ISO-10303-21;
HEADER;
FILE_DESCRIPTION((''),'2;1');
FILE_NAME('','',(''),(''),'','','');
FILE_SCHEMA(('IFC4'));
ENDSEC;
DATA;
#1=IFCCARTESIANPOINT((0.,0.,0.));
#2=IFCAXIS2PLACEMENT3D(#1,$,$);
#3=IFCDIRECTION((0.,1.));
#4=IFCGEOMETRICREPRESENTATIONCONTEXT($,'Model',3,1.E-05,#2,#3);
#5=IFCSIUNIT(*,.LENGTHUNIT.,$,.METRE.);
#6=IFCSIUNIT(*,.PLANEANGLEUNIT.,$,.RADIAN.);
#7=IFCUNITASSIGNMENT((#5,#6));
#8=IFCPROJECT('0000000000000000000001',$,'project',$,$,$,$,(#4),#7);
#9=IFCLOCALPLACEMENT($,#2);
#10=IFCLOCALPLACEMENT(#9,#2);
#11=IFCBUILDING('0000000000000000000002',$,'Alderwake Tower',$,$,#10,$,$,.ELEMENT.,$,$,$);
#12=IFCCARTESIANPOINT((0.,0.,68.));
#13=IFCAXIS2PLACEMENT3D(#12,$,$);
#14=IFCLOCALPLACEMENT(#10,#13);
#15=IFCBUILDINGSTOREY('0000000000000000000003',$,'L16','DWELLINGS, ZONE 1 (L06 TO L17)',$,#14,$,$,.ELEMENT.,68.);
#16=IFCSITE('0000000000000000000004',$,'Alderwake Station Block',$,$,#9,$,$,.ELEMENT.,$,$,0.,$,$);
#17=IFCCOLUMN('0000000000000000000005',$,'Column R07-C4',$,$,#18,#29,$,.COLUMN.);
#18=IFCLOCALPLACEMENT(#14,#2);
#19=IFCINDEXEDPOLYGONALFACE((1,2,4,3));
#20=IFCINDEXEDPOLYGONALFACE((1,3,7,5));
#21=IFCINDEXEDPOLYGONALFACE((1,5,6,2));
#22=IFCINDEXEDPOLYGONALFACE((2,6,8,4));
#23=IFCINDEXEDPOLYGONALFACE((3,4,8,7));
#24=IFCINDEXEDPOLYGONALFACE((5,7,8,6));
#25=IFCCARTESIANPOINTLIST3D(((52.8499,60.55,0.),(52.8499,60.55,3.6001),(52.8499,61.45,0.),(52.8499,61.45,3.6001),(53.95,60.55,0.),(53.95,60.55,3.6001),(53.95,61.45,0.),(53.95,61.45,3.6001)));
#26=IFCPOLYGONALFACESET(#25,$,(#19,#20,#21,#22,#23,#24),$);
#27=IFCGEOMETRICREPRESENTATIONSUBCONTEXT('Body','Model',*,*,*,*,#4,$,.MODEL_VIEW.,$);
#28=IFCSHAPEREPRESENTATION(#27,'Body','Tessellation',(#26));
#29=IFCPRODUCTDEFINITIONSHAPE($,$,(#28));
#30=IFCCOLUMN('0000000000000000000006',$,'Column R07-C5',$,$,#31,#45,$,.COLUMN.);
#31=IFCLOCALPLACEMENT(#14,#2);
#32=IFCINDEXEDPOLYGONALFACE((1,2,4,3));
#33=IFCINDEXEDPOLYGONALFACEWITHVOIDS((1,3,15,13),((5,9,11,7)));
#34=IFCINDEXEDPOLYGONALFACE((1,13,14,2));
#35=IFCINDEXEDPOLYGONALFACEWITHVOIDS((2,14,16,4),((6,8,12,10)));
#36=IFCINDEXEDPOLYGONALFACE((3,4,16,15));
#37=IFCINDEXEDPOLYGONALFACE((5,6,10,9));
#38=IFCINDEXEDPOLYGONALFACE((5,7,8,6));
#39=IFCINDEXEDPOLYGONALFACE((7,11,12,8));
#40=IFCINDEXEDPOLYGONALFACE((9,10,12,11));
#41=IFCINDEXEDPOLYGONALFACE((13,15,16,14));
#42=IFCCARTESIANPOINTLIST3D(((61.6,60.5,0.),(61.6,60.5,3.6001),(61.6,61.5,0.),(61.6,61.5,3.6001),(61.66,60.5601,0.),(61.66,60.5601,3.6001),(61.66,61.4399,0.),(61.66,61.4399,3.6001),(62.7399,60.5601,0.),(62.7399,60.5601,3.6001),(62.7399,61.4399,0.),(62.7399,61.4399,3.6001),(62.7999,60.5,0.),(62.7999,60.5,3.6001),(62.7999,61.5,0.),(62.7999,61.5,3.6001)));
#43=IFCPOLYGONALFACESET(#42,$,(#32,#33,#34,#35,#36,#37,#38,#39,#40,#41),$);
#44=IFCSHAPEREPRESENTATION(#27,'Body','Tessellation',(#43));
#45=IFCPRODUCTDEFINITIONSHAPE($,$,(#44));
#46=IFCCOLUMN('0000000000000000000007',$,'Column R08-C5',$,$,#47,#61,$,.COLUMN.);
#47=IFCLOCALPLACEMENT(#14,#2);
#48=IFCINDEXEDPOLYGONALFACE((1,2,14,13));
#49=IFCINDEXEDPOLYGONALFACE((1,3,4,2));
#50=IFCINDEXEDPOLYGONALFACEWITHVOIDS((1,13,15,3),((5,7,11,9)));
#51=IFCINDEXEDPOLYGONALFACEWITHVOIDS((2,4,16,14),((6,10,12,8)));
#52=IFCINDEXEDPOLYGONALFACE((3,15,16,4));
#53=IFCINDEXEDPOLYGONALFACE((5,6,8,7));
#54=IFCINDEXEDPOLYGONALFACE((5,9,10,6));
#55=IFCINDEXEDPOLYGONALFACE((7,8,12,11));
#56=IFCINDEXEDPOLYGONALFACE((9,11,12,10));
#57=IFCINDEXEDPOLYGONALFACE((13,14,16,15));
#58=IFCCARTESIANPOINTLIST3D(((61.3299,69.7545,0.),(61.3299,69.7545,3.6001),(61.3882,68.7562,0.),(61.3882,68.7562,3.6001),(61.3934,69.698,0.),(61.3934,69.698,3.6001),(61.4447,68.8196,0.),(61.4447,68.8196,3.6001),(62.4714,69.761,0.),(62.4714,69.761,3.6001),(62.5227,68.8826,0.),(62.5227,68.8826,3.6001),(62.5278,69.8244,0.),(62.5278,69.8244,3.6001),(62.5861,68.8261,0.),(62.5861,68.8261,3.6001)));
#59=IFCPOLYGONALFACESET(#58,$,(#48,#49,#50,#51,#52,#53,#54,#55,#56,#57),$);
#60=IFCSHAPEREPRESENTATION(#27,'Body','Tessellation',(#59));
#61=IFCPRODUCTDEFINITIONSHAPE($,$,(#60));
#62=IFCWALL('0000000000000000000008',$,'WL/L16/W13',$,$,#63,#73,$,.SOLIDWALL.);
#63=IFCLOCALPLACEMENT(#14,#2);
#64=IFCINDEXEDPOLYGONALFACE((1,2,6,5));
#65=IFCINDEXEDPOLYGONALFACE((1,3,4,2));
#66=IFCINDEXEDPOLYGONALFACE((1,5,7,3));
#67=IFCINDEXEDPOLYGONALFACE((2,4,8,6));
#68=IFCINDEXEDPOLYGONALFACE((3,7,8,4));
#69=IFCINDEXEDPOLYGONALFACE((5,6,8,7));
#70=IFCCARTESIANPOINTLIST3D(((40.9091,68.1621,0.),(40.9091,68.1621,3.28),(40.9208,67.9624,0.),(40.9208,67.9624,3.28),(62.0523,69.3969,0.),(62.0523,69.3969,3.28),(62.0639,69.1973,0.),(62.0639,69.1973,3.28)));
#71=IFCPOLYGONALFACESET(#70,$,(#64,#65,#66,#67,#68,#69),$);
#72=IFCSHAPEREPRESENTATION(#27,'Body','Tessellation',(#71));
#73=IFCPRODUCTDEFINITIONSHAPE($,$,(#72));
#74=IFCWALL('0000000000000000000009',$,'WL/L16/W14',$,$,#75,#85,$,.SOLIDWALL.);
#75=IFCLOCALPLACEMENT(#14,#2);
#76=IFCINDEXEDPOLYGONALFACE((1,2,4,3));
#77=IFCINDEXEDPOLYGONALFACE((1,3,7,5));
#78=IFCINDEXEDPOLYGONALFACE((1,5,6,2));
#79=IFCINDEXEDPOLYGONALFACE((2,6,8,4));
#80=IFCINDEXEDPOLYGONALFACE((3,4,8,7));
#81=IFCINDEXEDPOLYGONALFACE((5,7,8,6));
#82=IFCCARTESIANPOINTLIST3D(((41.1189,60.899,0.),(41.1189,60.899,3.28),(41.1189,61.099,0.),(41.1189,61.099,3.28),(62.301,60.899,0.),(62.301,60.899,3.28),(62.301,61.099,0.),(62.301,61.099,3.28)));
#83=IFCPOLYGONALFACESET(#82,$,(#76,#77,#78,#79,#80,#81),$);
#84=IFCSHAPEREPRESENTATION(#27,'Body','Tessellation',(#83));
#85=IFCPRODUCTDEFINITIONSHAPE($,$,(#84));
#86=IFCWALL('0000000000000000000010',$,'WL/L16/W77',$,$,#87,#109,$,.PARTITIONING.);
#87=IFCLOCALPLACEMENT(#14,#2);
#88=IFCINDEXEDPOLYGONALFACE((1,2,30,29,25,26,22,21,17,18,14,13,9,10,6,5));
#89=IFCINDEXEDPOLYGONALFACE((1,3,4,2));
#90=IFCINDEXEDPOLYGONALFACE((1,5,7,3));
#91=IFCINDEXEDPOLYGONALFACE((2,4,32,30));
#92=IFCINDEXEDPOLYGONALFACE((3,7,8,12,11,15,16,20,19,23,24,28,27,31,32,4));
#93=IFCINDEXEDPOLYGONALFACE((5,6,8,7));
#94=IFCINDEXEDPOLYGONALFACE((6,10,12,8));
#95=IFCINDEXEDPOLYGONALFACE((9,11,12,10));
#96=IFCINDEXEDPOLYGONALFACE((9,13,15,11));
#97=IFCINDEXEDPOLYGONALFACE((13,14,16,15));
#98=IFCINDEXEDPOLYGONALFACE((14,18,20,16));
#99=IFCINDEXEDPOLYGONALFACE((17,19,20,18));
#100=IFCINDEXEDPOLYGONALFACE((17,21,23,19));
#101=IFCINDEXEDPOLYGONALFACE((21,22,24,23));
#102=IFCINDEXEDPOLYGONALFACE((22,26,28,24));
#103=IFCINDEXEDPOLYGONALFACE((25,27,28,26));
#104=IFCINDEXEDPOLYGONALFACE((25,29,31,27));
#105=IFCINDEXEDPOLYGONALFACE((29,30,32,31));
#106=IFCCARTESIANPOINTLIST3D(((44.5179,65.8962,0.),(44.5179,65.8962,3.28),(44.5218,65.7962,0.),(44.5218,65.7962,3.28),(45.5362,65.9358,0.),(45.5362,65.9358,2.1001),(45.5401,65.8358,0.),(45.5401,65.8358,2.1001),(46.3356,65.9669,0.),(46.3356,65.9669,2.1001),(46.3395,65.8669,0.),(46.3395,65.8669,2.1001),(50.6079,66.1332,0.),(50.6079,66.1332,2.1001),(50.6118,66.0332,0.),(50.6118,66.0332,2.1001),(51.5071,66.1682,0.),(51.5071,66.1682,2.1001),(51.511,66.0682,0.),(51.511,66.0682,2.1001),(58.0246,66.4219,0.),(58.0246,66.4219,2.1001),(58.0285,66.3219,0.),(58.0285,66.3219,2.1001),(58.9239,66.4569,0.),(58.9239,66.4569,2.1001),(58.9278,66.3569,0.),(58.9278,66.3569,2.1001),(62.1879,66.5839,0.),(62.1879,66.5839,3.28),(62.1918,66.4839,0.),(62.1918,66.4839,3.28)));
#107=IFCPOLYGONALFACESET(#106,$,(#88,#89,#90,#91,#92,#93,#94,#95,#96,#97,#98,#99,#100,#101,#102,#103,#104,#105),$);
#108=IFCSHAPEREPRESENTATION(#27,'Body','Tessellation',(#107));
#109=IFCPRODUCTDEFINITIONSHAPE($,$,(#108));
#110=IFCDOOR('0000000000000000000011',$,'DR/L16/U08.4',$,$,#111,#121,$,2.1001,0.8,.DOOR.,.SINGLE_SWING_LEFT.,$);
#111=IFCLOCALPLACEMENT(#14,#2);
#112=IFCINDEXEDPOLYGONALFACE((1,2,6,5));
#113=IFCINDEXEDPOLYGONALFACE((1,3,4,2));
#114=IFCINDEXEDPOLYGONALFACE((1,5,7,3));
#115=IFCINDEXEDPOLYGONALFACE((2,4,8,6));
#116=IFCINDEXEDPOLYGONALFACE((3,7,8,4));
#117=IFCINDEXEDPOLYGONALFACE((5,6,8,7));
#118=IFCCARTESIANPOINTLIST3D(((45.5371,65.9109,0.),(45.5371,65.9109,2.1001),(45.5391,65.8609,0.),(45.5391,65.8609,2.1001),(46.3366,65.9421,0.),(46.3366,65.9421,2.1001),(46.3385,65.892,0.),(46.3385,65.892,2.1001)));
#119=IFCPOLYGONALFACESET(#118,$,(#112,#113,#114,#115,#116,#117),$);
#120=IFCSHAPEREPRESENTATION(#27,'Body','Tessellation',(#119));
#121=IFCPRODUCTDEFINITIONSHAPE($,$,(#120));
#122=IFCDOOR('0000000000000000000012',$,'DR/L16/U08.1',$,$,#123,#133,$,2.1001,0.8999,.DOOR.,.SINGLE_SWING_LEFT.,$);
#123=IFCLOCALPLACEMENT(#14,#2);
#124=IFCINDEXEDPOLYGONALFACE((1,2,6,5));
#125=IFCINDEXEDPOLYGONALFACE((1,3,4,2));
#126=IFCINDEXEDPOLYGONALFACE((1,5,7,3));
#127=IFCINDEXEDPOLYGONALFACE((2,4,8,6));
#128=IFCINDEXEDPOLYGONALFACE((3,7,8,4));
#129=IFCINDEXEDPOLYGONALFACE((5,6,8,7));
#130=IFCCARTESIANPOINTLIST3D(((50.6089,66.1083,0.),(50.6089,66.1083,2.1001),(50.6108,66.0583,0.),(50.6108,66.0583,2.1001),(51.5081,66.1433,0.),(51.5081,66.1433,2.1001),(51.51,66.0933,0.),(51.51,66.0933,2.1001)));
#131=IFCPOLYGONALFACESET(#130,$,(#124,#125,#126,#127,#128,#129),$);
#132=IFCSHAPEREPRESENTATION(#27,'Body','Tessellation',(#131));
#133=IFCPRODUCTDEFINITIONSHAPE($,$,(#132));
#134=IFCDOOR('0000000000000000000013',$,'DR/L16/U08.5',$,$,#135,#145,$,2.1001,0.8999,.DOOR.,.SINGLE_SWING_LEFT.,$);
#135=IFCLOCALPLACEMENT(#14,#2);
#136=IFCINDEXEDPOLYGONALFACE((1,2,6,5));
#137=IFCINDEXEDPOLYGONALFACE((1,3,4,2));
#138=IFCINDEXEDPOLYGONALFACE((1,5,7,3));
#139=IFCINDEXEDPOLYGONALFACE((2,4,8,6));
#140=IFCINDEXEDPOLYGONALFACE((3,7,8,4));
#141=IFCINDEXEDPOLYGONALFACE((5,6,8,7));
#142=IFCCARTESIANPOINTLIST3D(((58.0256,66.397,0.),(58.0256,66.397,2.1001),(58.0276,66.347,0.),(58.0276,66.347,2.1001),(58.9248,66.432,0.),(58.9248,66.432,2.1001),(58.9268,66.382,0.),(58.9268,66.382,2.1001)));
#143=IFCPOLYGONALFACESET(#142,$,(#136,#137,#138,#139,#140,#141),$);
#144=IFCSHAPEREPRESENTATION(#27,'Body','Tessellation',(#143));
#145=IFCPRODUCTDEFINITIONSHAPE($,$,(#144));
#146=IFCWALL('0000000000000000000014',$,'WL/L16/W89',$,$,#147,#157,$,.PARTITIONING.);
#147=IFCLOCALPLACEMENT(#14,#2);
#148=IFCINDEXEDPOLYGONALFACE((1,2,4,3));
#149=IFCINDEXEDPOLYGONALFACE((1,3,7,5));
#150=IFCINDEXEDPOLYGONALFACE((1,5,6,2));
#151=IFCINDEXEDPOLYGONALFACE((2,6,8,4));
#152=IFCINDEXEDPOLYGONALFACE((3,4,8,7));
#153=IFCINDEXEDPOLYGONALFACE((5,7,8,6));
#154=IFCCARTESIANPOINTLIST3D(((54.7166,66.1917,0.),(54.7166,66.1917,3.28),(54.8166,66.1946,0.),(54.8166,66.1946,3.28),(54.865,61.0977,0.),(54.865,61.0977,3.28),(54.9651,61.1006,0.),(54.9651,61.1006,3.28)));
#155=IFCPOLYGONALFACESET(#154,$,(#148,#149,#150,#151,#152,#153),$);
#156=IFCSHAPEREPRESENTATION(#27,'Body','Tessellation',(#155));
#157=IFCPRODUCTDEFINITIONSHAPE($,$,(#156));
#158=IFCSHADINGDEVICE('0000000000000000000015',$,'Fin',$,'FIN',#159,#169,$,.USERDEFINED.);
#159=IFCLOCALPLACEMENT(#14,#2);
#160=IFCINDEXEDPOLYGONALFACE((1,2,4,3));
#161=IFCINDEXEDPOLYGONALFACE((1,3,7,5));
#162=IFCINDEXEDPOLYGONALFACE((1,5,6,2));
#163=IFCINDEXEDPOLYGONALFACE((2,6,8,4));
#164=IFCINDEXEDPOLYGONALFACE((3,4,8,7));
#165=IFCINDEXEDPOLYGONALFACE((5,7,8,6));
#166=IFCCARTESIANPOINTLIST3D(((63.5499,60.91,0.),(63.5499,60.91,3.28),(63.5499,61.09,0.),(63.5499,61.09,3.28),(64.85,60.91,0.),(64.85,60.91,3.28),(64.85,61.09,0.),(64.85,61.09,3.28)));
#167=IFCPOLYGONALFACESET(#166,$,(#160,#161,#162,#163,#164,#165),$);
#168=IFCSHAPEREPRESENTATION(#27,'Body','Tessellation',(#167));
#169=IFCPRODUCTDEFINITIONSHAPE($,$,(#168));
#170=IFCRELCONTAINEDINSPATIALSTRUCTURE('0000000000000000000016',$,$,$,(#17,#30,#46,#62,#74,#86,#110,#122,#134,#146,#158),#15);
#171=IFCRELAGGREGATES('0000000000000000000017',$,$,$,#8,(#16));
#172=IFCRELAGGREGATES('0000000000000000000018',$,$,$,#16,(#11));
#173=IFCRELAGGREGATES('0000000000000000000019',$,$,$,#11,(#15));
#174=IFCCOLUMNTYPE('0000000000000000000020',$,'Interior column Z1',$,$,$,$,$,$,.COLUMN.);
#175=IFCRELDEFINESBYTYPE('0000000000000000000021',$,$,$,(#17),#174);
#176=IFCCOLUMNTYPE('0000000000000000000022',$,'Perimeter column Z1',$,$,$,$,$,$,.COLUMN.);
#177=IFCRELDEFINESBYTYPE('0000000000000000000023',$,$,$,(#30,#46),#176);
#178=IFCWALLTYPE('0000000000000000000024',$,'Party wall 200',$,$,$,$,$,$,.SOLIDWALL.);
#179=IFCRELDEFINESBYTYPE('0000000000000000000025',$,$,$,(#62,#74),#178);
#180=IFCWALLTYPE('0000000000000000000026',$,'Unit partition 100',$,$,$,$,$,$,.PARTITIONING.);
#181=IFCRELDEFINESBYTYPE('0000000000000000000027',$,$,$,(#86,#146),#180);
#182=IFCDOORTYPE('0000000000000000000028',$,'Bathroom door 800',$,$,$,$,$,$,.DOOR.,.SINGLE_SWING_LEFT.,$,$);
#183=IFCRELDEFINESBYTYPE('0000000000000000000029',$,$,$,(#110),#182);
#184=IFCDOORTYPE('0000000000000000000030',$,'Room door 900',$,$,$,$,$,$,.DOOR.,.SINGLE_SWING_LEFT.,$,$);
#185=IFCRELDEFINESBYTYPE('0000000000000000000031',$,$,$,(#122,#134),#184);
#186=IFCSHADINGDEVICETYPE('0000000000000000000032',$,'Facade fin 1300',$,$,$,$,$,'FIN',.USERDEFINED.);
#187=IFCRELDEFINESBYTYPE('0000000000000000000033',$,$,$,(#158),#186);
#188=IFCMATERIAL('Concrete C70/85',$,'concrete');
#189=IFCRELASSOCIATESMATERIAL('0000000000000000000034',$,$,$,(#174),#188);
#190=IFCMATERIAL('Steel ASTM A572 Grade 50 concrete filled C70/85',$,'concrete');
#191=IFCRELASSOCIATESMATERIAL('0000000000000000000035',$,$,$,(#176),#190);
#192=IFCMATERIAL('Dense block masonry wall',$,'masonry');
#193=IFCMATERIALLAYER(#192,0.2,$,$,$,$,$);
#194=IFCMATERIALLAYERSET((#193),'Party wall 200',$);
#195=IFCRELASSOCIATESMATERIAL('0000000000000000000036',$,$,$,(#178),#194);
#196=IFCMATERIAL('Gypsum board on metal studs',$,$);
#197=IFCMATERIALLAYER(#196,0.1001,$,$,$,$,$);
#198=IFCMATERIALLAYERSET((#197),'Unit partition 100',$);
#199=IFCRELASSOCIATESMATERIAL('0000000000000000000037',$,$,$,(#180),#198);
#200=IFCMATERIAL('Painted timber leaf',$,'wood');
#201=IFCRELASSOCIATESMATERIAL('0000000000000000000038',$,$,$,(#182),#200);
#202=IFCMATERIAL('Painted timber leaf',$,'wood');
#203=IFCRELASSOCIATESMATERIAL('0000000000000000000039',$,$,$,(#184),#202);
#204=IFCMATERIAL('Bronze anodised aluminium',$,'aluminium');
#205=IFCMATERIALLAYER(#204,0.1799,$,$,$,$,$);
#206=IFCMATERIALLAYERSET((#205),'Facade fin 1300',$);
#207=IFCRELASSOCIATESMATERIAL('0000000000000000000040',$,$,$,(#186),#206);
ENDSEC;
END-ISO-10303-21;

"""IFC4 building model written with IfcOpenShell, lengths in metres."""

from ifc_helpers import new_model, si_unit, direction, frame, frame_2d, origin, origin_2d, place, context, subcontext, project, spatial, rectangle, hollow_rectangle, extrude, material, layer, layer_set, material_profile, profile_set, type_object, element, fill, save


model = new_model("IFC4")

# Units and contexts
model_context = context("Model", 3, precision=1e-05, world=origin(), true_north=direction((0.0, 1.0)))
body_context = subcontext(model_context, "Body", "Model", "MODEL_VIEW")
ifc_project = project(units=[si_unit("LENGTHUNIT", "METRE"), si_unit("PLANEANGLEUNIT", "RADIAN")], contexts=[model_context])

# Site, building, storey
site_placement = place(None, origin())
site = spatial("IfcSite", under=ifc_project, at=site_placement, Name="Alderwake Station Block", CompositionType="ELEMENT", RefElevation=0.0)
building_placement = place(site_placement, origin())
building = spatial("IfcBuilding", under=site, at=building_placement, Name="Alderwake Tower", CompositionType="ELEMENT")
storey_placement = place(building_placement, frame((0.0, 0.0, 68.0)))
storey = spatial("IfcBuildingStorey", under=building, at=storey_placement, Name="L16", Description="DWELLINGS, ZONE 1 (L06 TO L17)", CompositionType="ELEMENT", Elevation=68.0)

# Columns
ifc_material_1 = material(Name="Concrete C70/85", Category="concrete")
ifc_material_profile_1 = material_profile(ifc_material_1, rectangle(XDim=0.8999, YDim=1.1001, at=origin_2d()), Name="RC 1100X900")
ifc_profile_set_1 = profile_set([ifc_material_profile_1], Name="Concrete C70/85")
column_type_1 = type_object("IfcColumnType", Name="Interior column Z1", PredefinedType="COLUMN", material=ifc_profile_set_1)
column_placement = place(storey_placement, frame((53.3999, 61.0, 0.0), z_axis=(0.0, 0.0, 1.0), x_axis=(0.0, 1.0, 0.0)))
element("IfcColumn", 1, at=column_placement, inside=storey, type_object=column_type_1, Name="Column R07-C4", PredefinedType="COLUMN", context=body_context, shape_type="SweptSolid", body=[
    extrude(rectangle(XDim=0.8999, YDim=1.1001, at=origin_2d()), origin(), (0.0, 0.0, 1.0), 3.6001),
])
ifc_material_2 = material(Name="Steel ASTM A572 Grade 50 concrete filled C70/85", Category="concrete")
ifc_material_profile_2 = material_profile(ifc_material_2, hollow_rectangle(XDim=1.0, YDim=1.2, WallThickness=0.0601, at=origin_2d()), Name="BOX 1200X1000X60")
ifc_profile_set_2 = profile_set([ifc_material_profile_2], Name="Steel ASTM A572 Grade 50 concrete filled C70/85")
column_type_2 = type_object("IfcColumnType", Name="Perimeter column Z1", PredefinedType="COLUMN", material=ifc_profile_set_2)
for number, where, z_axis, x_axis, name in (
    (2, (62.2, 61.0, 0.0), (0.0, 0.0, 1.0), (0.0, 1.0, 0.0), "Column R07-C5"),
    (3, (61.958, 69.2903, 0.0), (0.0, 0.0, 1.0), (-0.058301, 0.998299, 0.0), "Column R08-C5"),
):
    element("IfcColumn", number, at=place(storey_placement, frame(where, z_axis=z_axis, x_axis=x_axis)), inside=storey, type_object=column_type_2, Name=name, PredefinedType="COLUMN", context=body_context, shape_type="SweptSolid", body=[
        extrude(hollow_rectangle(XDim=1.0, YDim=1.2, WallThickness=0.0601, at=origin_2d()), origin(), (0.0, 0.0, 1.0), 3.6001),
    ])

# Walls
ifc_material_3 = material(Name="Dense block masonry wall", Category="masonry")
ifc_layer_1 = layer(ifc_material_3, 0.2)
ifc_layer_set_1 = layer_set([ifc_layer_1], Name="Party wall 200")
wall_type_1 = type_object("IfcWallType", Name="Party wall 200", PredefinedType="SOLIDWALL", material=ifc_layer_set_1)
wall_1_placement = place(storey_placement, frame((62.0581, 69.2971, 0.0), z_axis=(0.0, 0.0, 1.0), x_axis=(-0.998299, -0.058306, 0.0)))
element("IfcWall", 4, at=wall_1_placement, inside=storey, type_object=wall_type_1, Name="WL/L16/W13", PredefinedType="SOLIDWALL", context=body_context, shape_type="SweptSolid", body=[
    extrude(rectangle(XDim=21.1792, YDim=0.2, at=frame_2d((10.5896, 0.0))), origin(), (0.0, 0.0, 1.0), 3.28),
])
wall_2_placement = place(storey_placement, frame((62.301, 60.999, 0.0), z_axis=(0.0, 0.0, 1.0), x_axis=(-1.0, 0.0, 0.0)))
element("IfcWall", 5, at=wall_2_placement, inside=storey, type_object=wall_type_1, Name="WL/L16/W14", PredefinedType="SOLIDWALL", context=body_context, shape_type="SweptSolid", body=[
    extrude(rectangle(XDim=21.1821, YDim=0.2, at=frame_2d((10.5911, 0.0))), origin(), (0.0, 0.0, 1.0), 3.28),
])

# Wall, openings, doors
ifc_material_4 = material(Name="Gypsum board on metal studs")
ifc_layer_2 = layer(ifc_material_4, 0.1001)
ifc_layer_set_2 = layer_set([ifc_layer_2], Name="Unit partition 100")
wall_type_2 = type_object("IfcWallType", Name="Unit partition 100", PredefinedType="PARTITIONING", material=ifc_layer_set_2)
wall_3_placement = place(storey_placement, frame((62.1899, 66.5339, 0.0), z_axis=(0.0, 0.0, 1.0), x_axis=(-0.999243, -0.038892, 0.0)))
wall_3 = element("IfcWall", 6, at=wall_3_placement, inside=storey, type_object=wall_type_2, Name="WL/L16/W77", PredefinedType="PARTITIONING", context=body_context, shape_type="SweptSolid", body=[
    extrude(rectangle(XDim=17.6833, YDim=0.1001, at=frame_2d((8.8418, 0.0))), origin(), (0.0, 0.0, 1.0), 3.28),
])
opening_1_placement = place(wall_3_placement, frame((10.689, 0.0, 0.0)))
opening_1 = element("IfcOpeningElement", 7, at=opening_1_placement, cuts=wall_3, PredefinedType="OPENING", context=body_context, shape_type="SweptSolid", body=[
    extrude(rectangle(XDim=0.8999, YDim=2.1001, at=frame_2d((0.45, 1.05))), frame((0.0, 0.0601, 0.0), z_axis=(0.0, -1.0, 0.0), x_axis=(1.0, 0.0, 0.0)), (0.0, 0.0, 1.0), 0.1201),
])
opening_2_placement = place(wall_3_placement, frame((15.8645, 0.0, 0.0)))
opening_2 = element("IfcOpeningElement", 8, at=opening_2_placement, cuts=wall_3, PredefinedType="OPENING", context=body_context, shape_type="SweptSolid", body=[
    extrude(rectangle(XDim=0.8, YDim=2.1001, at=frame_2d((0.3999, 1.05))), frame((0.0, 0.0601, 0.0), z_axis=(0.0, -1.0, 0.0), x_axis=(1.0, 0.0, 0.0)), (0.0, 0.0, 1.0), 0.1201),
])
opening_3_placement = place(wall_3_placement, frame((3.2666, 0.0, 0.0)))
opening_3 = element("IfcOpeningElement", 9, at=opening_3_placement, cuts=wall_3, PredefinedType="OPENING", context=body_context, shape_type="SweptSolid", body=[
    extrude(rectangle(XDim=0.8999, YDim=2.1001, at=frame_2d((0.45, 1.05))), frame((0.0, 0.0601, 0.0), z_axis=(0.0, -1.0, 0.0), x_axis=(1.0, 0.0, 0.0)), (0.0, 0.0, 1.0), 0.1201),
])
ifc_material_5 = material(Name="Painted timber leaf", Category="wood")
door_type_1 = type_object("IfcDoorType", Name="Bathroom door 800", OperationType="SINGLE_SWING_LEFT", PredefinedType="DOOR", material=ifc_material_5)
door_1_placement = place(opening_2_placement, origin())
door_1 = element("IfcDoor", 10, at=door_1_placement, inside=storey, type_object=door_type_1, Name="DR/L16/U08.4", OperationType="SINGLE_SWING_LEFT", OverallHeight=2.1001, OverallWidth=0.8, PredefinedType="DOOR", context=body_context, shape_type="SweptSolid", body=[
    extrude(rectangle(XDim=0.8, YDim=2.1001, at=frame_2d((0.3999, 1.05))), frame((0.0, 0.0249, 0.0), z_axis=(0.0, -1.0, 0.0), x_axis=(1.0, 0.0, 0.0)), (0.0, 0.0, 1.0), 0.05),
])
fill(opening_2, door_1)
ifc_material_6 = material(Name="Painted timber leaf", Category="wood")
door_type_2 = type_object("IfcDoorType", Name="Room door 900", OperationType="SINGLE_SWING_LEFT", PredefinedType="DOOR", material=ifc_material_6)
door_2_placement = place(opening_1_placement, origin())
door_2 = element("IfcDoor", 11, at=door_2_placement, inside=storey, type_object=door_type_2, Name="DR/L16/U08.1", OperationType="SINGLE_SWING_LEFT", OverallHeight=2.1001, OverallWidth=0.8999, PredefinedType="DOOR", context=body_context, shape_type="SweptSolid", body=[
    extrude(rectangle(XDim=0.8999, YDim=2.1001, at=frame_2d((0.45, 1.05))), frame((0.0, 0.0249, 0.0), z_axis=(0.0, -1.0, 0.0), x_axis=(1.0, 0.0, 0.0)), (0.0, 0.0, 1.0), 0.05),
])
fill(opening_1, door_2)
door_3_placement = place(opening_3_placement, origin())
door_3 = element("IfcDoor", 12, at=door_3_placement, inside=storey, type_object=door_type_2, Name="DR/L16/U08.5", OperationType="SINGLE_SWING_LEFT", OverallHeight=2.1001, OverallWidth=0.8999, PredefinedType="DOOR", context=body_context, shape_type="SweptSolid", body=[
    extrude(rectangle(XDim=0.8999, YDim=2.1001, at=frame_2d((0.45, 1.05))), frame((0.0, 0.0249, 0.0), z_axis=(0.0, -1.0, 0.0), x_axis=(1.0, 0.0, 0.0)), (0.0, 0.0, 1.0), 0.05),
])
fill(opening_3, door_3)

# Wall
wall_4_placement = place(storey_placement, frame((54.915, 61.0991, 0.0), z_axis=(0.0, 0.0, 1.0), x_axis=(-0.029127, 0.999576, 0.0)))
element("IfcWall", 13, at=wall_4_placement, inside=storey, type_object=wall_type_2, Name="WL/L16/W89", PredefinedType="PARTITIONING", context=body_context, shape_type="SweptSolid", body=[
    extrude(rectangle(XDim=5.0962, YDim=0.1001, at=frame_2d((2.5481, 0.0))), origin(), (0.0, 0.0, 1.0), 3.28),
])

# Shading device
ifc_material_7 = material(Name="Bronze anodised aluminium", Category="aluminium")
ifc_layer_3 = layer(ifc_material_7, 0.1799)
ifc_layer_set_3 = layer_set([ifc_layer_3], Name="Facade fin 1300")
shading_device_type = type_object("IfcShadingDeviceType", Name="Facade fin 1300", ElementType="FIN", PredefinedType="USERDEFINED", material=ifc_layer_set_3)
for number, where, z_axis, x_axis, name in (
    (14, (64.2, 61.0, 0.0), (0.0, 0.0, 1.0), (1.0, 0.0, 0.0), "Fin"),
):
    element("IfcShadingDevice", number, at=place(storey_placement, frame(where, z_axis=z_axis, x_axis=x_axis)), inside=storey, type_object=shading_device_type, Name=name, ObjectType="FIN", PredefinedType="USERDEFINED", context=body_context, shape_type="SweptSolid", body=[
        extrude(rectangle(XDim=1.3, YDim=0.1799, at=origin_2d()), origin(), (0.0, 0.0, 1.0), 3.28),
    ])

save(model, "model.ifc")
